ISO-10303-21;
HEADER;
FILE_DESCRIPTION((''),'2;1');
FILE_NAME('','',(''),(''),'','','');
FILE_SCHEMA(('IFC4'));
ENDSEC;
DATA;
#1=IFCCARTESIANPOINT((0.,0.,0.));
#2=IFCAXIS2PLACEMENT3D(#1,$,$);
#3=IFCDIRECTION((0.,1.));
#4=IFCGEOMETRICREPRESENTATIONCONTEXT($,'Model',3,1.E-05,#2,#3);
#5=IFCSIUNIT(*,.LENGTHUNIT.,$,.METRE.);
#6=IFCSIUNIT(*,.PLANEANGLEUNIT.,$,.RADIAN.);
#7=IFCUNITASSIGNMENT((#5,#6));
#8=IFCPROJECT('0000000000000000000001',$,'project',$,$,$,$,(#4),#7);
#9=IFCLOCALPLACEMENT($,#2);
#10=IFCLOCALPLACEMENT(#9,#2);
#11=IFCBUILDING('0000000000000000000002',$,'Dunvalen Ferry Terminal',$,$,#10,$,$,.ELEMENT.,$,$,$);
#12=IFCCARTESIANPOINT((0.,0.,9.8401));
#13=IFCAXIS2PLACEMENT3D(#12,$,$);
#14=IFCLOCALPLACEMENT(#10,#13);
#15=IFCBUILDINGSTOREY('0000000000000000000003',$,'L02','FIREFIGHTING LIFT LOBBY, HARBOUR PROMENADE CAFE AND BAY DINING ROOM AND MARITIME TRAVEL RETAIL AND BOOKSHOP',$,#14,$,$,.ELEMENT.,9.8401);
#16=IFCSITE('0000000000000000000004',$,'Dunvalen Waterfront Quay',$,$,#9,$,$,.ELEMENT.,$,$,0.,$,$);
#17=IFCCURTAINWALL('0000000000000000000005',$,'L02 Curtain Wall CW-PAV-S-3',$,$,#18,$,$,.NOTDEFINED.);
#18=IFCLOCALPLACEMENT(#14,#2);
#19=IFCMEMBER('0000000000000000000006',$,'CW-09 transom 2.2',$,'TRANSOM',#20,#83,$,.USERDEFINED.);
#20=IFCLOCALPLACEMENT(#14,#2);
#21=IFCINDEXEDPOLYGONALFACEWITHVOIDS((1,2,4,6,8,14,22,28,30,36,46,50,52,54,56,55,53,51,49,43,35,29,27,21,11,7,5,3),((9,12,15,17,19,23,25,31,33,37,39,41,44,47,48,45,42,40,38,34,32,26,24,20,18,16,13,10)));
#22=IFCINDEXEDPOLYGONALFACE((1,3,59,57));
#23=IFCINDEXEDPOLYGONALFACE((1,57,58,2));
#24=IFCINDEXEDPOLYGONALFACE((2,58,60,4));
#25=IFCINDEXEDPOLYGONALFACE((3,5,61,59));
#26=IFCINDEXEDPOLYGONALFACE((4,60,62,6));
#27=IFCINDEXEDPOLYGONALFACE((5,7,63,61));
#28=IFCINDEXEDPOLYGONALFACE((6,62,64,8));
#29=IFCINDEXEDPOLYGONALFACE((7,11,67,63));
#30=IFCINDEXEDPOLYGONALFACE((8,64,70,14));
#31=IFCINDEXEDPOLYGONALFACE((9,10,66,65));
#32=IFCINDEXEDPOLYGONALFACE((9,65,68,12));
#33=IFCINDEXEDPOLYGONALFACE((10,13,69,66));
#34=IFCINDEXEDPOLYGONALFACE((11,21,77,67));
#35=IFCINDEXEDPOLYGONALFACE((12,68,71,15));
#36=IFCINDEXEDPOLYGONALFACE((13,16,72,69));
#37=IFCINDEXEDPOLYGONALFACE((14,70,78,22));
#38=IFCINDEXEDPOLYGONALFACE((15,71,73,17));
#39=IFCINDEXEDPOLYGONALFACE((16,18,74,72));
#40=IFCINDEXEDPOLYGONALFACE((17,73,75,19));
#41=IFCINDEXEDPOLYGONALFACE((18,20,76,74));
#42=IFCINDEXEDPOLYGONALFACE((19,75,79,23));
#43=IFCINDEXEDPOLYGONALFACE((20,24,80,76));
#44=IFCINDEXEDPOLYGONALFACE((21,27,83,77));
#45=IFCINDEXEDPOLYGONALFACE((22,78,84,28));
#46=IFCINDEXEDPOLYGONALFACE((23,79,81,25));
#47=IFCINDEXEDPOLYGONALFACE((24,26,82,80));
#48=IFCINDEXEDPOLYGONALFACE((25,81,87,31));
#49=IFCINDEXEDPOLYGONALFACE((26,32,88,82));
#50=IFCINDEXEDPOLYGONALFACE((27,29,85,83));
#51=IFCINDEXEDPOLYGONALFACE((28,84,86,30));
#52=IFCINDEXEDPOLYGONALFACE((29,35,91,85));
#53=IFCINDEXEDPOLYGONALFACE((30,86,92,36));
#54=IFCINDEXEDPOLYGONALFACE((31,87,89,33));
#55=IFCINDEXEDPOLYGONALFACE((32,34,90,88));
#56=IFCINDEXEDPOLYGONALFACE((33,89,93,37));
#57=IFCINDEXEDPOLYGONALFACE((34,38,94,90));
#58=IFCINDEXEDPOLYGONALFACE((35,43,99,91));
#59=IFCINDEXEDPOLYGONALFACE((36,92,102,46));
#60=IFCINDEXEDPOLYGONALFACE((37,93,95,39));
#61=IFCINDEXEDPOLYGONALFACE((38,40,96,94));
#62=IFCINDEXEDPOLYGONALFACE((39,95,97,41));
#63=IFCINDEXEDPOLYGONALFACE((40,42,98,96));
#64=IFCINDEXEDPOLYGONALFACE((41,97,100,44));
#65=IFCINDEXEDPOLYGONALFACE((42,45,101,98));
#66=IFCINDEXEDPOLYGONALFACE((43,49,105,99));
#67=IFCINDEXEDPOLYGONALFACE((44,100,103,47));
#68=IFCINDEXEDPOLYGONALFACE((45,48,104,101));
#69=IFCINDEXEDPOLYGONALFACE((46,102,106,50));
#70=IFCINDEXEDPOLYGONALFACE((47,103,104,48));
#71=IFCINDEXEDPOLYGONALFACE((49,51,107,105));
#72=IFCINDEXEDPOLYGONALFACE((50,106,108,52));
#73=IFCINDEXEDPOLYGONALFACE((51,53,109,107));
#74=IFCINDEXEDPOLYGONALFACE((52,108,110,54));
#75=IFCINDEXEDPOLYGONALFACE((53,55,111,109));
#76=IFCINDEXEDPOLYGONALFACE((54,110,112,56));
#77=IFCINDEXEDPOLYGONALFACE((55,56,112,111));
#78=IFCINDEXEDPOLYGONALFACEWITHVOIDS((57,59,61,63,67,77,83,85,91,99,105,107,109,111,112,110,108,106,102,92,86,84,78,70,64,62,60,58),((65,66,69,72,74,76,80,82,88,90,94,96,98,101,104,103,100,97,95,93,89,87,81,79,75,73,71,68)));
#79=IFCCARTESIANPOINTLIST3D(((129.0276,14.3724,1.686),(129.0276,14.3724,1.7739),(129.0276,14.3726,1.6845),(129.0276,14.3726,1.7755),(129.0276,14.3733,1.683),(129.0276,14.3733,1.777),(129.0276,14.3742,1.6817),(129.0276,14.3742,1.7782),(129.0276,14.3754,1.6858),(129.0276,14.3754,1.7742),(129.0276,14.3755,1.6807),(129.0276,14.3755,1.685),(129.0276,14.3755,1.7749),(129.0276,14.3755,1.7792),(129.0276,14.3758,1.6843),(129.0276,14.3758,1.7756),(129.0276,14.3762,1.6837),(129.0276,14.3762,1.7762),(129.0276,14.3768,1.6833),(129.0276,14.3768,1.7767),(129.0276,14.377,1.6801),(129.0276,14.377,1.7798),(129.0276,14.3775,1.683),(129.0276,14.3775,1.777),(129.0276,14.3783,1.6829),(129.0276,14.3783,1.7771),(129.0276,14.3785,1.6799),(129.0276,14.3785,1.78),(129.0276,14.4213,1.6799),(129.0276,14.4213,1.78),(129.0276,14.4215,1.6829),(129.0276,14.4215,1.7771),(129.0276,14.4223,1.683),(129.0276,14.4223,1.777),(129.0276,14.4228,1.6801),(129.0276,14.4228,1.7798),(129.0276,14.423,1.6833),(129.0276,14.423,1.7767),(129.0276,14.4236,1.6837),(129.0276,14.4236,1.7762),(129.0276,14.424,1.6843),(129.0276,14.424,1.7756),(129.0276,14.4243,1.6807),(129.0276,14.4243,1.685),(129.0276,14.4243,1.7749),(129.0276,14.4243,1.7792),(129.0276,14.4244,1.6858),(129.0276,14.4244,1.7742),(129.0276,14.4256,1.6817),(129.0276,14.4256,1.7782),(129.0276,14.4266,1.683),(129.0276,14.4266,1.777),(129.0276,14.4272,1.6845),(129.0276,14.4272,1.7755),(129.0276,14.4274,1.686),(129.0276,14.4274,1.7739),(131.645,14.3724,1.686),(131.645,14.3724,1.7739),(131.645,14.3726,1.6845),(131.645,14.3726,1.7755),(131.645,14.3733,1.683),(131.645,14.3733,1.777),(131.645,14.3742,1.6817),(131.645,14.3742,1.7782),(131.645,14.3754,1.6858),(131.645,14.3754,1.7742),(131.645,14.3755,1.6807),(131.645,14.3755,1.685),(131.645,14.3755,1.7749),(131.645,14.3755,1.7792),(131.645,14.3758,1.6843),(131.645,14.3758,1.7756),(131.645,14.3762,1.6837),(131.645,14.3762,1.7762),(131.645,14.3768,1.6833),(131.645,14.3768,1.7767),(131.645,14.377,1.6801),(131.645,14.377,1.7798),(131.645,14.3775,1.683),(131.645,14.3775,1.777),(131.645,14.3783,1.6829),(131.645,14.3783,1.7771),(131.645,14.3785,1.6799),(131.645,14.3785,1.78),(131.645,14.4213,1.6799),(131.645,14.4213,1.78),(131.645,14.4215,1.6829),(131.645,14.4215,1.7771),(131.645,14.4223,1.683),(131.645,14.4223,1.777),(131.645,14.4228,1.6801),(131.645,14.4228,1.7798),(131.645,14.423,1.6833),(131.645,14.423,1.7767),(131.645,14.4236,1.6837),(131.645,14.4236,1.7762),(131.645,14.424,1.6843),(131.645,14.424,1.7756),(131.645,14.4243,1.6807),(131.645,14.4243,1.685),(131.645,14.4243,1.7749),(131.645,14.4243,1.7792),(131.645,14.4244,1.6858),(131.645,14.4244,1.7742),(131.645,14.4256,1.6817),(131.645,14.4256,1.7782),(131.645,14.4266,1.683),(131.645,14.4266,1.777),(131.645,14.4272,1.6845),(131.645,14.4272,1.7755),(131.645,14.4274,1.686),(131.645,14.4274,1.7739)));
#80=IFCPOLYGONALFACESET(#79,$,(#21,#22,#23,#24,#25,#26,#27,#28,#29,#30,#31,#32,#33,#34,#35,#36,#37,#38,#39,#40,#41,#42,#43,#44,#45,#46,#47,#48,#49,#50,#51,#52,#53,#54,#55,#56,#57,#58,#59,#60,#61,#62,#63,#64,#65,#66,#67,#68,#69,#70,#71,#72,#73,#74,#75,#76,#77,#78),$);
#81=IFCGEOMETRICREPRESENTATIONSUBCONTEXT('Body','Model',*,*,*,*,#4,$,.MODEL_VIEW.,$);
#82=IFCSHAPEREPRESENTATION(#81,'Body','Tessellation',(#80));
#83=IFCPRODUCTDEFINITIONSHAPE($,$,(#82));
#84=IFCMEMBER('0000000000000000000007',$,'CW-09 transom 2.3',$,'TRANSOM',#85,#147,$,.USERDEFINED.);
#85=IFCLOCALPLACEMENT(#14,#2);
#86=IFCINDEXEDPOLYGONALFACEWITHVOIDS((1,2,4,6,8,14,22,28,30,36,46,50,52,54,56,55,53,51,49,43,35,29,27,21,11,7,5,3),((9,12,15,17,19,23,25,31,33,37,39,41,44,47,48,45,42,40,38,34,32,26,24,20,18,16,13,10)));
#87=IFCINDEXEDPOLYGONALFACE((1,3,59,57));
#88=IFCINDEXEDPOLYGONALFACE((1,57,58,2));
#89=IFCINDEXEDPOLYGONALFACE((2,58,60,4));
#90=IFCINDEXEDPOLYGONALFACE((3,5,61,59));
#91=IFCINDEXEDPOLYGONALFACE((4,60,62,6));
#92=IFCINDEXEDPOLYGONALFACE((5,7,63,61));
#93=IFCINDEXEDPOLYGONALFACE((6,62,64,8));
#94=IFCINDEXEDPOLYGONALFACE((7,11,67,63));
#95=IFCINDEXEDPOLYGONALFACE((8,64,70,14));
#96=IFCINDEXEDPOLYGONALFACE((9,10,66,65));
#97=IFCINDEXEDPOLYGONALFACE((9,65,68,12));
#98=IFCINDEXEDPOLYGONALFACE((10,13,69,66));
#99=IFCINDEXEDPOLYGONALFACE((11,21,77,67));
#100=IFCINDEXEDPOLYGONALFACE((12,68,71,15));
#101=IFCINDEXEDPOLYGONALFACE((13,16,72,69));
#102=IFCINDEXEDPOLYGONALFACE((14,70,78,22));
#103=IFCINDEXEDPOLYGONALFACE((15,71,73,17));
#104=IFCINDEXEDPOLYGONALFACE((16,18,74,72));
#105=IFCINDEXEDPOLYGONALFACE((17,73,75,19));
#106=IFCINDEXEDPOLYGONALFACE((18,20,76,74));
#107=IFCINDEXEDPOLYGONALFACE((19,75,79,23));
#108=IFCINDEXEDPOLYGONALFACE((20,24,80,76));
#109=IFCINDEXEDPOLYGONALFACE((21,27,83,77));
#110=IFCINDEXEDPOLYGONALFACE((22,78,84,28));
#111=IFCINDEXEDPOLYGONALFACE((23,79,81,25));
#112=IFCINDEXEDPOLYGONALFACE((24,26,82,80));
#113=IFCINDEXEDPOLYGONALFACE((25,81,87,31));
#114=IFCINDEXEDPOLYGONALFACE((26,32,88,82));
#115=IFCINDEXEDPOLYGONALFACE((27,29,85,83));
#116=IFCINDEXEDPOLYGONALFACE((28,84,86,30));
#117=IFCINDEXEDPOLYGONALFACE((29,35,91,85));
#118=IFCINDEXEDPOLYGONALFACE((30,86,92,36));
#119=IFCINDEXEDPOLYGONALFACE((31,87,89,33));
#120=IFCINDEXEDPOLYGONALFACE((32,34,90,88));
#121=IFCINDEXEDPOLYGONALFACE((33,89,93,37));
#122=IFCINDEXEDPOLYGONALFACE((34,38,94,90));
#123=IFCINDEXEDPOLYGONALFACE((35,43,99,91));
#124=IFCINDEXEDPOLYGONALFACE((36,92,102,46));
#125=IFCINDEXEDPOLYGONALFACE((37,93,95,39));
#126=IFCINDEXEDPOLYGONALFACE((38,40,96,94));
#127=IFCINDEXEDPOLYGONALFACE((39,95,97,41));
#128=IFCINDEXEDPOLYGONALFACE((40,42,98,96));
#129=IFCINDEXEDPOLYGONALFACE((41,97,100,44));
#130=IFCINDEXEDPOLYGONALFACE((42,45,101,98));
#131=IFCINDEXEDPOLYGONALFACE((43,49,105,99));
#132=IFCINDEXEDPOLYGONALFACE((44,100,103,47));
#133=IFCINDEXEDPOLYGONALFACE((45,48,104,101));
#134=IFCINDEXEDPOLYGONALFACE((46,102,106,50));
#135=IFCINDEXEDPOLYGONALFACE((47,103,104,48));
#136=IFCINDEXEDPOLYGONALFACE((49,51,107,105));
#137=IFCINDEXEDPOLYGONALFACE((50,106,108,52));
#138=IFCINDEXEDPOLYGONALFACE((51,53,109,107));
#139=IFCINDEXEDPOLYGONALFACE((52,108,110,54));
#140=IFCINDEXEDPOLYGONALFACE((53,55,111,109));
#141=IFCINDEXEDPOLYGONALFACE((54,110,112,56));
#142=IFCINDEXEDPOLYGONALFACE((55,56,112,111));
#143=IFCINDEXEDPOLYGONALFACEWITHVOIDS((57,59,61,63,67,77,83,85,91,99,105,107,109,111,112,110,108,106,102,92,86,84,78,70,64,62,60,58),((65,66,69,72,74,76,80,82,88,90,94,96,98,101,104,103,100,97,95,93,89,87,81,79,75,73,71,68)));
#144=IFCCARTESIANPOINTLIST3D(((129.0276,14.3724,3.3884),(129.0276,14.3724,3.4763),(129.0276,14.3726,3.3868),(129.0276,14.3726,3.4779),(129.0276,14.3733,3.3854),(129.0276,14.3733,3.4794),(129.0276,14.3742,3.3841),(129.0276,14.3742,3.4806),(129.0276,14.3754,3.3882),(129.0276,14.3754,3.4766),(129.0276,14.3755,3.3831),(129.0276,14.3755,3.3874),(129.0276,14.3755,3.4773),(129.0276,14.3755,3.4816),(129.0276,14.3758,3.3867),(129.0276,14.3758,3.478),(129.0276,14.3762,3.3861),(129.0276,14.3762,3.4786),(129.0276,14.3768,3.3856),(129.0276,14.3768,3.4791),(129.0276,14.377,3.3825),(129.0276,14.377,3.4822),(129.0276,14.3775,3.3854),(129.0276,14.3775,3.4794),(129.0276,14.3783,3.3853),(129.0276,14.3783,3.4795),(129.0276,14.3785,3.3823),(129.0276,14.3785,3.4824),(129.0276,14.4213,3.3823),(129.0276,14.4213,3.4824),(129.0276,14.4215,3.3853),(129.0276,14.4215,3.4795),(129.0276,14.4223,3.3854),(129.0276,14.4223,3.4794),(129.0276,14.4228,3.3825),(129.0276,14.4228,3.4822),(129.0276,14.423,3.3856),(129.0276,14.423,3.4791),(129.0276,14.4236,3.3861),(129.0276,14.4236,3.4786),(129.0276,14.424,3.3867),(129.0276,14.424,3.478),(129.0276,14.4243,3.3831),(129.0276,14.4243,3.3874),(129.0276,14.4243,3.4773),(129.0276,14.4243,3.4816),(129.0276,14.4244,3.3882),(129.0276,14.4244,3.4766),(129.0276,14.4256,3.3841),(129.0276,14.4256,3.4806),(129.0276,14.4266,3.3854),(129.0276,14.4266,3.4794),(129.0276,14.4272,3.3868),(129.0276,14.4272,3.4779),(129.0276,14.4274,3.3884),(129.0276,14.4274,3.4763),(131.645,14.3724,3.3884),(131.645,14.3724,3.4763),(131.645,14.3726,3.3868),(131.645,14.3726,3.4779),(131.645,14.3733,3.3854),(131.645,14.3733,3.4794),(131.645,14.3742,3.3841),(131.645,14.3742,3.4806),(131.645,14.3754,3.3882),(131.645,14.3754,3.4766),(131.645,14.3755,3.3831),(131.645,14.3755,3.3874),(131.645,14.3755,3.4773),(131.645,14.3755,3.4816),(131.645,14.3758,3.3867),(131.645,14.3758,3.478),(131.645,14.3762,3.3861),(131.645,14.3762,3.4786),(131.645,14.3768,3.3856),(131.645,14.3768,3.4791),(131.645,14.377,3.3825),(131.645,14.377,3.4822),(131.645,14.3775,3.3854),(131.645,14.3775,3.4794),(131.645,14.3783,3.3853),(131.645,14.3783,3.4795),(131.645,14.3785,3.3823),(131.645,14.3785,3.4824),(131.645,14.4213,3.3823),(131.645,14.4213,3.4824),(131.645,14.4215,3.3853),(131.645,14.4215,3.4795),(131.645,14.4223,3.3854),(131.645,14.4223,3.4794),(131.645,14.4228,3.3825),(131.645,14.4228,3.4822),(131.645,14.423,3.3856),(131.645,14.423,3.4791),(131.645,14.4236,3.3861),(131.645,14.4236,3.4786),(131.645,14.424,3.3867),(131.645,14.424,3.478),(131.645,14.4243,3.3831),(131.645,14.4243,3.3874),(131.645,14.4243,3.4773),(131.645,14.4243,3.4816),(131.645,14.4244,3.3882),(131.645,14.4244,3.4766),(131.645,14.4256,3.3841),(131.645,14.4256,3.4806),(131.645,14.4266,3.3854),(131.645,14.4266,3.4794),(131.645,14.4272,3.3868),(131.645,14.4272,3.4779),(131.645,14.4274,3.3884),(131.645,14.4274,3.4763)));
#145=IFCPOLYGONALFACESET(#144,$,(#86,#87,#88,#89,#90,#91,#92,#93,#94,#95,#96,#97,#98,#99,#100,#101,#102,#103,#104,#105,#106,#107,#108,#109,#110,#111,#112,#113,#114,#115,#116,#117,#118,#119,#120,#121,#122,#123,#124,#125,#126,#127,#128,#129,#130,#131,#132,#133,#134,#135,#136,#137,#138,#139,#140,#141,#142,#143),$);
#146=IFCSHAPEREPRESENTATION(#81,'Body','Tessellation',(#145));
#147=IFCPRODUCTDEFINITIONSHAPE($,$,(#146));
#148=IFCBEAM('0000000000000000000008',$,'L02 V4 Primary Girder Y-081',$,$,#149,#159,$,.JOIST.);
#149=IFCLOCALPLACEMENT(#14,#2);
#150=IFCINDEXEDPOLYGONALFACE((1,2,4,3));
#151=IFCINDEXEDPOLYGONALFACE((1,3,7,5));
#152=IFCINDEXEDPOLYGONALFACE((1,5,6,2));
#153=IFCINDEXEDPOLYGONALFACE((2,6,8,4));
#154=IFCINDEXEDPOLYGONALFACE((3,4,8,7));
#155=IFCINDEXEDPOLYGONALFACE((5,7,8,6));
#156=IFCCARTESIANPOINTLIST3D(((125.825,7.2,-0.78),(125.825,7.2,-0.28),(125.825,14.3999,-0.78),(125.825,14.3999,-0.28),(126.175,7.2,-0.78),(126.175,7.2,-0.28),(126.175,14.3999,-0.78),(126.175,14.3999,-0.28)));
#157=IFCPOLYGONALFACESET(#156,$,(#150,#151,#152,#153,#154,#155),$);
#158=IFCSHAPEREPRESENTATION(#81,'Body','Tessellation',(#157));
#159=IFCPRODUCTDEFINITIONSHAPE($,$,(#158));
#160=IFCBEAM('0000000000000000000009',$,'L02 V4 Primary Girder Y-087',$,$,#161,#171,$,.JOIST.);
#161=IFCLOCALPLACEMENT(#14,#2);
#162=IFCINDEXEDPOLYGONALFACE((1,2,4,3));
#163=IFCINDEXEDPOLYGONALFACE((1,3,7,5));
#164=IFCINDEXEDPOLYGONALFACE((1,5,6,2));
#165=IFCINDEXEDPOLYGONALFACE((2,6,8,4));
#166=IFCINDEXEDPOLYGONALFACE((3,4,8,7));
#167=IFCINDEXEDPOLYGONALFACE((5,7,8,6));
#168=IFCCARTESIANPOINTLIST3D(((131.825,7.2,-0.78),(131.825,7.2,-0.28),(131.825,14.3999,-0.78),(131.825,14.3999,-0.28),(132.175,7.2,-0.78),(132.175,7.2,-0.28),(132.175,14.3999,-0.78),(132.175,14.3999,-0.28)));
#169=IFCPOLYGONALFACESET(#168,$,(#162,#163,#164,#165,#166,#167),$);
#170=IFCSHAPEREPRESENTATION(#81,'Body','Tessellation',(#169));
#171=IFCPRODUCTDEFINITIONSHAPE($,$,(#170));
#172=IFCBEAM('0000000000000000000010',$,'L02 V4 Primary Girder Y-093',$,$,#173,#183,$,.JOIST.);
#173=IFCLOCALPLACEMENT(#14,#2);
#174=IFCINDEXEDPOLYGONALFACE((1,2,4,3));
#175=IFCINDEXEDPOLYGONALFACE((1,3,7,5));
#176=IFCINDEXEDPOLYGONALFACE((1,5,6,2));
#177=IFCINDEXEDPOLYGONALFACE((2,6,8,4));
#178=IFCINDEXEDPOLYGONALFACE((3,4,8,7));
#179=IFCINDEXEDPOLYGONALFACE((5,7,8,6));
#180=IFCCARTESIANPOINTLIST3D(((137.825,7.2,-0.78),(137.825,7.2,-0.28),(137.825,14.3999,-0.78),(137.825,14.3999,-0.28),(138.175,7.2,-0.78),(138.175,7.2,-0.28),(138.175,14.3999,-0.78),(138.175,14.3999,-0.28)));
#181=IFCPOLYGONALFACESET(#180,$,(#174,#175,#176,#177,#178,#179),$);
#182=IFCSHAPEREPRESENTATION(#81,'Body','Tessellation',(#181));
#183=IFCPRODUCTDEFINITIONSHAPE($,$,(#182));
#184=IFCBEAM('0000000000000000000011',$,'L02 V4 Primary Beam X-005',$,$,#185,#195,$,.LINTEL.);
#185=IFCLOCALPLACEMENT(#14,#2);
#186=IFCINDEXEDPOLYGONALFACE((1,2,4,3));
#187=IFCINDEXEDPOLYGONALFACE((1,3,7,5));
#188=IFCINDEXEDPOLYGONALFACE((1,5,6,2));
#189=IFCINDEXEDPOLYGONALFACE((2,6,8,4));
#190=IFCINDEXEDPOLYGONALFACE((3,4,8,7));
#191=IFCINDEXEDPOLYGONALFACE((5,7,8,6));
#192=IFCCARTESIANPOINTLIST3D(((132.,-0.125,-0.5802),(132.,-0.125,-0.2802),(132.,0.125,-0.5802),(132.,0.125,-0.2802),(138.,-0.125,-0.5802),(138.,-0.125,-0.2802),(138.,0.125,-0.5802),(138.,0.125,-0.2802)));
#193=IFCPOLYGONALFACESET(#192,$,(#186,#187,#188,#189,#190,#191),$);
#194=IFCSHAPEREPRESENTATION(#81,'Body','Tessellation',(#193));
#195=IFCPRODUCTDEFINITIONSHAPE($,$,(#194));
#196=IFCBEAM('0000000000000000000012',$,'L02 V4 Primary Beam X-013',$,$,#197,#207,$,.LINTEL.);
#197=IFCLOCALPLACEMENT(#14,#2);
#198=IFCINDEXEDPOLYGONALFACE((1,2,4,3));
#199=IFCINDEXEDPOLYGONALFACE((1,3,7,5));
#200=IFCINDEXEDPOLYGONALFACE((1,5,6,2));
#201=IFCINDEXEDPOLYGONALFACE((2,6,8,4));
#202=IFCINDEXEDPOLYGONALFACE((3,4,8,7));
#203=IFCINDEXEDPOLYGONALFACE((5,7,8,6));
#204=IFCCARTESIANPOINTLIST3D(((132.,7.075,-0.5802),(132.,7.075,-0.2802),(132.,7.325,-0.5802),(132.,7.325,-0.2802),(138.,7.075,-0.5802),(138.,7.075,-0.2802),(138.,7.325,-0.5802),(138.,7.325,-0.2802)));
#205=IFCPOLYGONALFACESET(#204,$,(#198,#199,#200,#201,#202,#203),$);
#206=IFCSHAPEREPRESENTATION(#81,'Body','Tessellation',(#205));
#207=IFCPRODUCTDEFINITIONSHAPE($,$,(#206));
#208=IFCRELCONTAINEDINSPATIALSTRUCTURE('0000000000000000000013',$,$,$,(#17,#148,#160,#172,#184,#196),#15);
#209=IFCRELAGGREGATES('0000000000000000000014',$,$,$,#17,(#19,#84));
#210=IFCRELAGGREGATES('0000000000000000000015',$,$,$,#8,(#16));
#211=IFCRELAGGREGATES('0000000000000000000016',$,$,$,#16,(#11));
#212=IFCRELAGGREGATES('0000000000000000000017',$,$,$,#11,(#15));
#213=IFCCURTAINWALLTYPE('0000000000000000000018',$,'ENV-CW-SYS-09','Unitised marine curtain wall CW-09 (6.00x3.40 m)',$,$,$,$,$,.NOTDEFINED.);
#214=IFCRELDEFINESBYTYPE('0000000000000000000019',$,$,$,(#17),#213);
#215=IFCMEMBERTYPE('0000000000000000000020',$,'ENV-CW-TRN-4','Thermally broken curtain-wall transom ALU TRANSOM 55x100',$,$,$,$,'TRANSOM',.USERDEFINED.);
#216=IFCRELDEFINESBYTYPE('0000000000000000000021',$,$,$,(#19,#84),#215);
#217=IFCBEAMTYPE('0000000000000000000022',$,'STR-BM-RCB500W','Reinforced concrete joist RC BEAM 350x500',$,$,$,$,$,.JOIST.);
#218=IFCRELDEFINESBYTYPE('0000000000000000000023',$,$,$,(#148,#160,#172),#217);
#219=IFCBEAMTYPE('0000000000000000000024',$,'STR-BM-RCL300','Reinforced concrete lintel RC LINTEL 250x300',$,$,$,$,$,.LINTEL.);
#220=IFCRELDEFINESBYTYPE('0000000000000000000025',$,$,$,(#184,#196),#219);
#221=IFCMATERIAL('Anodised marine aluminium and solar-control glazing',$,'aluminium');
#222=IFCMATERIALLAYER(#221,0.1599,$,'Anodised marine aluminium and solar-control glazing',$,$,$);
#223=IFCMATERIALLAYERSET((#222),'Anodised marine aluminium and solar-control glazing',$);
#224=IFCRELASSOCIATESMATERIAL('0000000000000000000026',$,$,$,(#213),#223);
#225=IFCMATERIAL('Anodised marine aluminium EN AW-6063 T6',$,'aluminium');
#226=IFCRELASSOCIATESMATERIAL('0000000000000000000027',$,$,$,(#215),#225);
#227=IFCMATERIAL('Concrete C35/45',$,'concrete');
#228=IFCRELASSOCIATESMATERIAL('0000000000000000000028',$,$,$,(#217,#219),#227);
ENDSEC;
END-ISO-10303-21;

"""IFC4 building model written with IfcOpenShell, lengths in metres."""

from ifc_helpers import new_model, si_unit, direction, frame, origin, origin_2d, place, context, subcontext, project, spatial, rectangle, hollow_rectangle, extrude, material, layer, layer_set, material_profile, profile_set, type_object, element, aggregate, save


model = new_model("IFC4")

# Units and contexts
model_context = context("Model", 3, precision=1e-05, world=origin(), true_north=direction((0.0, 1.0)))
body_context = subcontext(model_context, "Body", "Model", "MODEL_VIEW")
ifc_project = project(units=[si_unit("LENGTHUNIT", "METRE"), si_unit("PLANEANGLEUNIT", "RADIAN")], contexts=[model_context])

# Site, building, storey
site_placement = place(None, origin())
site = spatial("IfcSite", under=ifc_project, at=site_placement, Name="Dunvalen Waterfront Quay", CompositionType="ELEMENT", RefElevation=0.0)
building_placement = place(site_placement, origin())
building = spatial("IfcBuilding", under=site, at=building_placement, Name="Dunvalen Ferry Terminal", CompositionType="ELEMENT")
storey_placement = place(building_placement, frame((0.0, 0.0, 9.8401)))
storey = spatial("IfcBuildingStorey", under=building, at=storey_placement, Name="L02", Description="FIREFIGHTING LIFT LOBBY, HARBOUR PROMENADE CAFE AND BAY DINING ROOM AND MARITIME TRAVEL RETAIL AND BOOKSHOP", CompositionType="ELEMENT", Elevation=9.8401)

# Curtain wall, members
ifc_material_1 = material(Name="Anodised marine aluminium and solar-control glazing", Category="aluminium")
ifc_layer_1 = layer(ifc_material_1, 0.1599, Name="Anodised marine aluminium and solar-control glazing")
ifc_layer_set_1 = layer_set([ifc_layer_1], Name="Anodised marine aluminium and solar-control glazing")
curtain_wall_type = type_object("IfcCurtainWallType", Name="ENV-CW-SYS-09", Description="Unitised marine curtain wall CW-09 (6.00x3.40 m)", PredefinedType="NOTDEFINED", material=ifc_layer_set_1)
curtain_wall_placement = place(storey_placement, origin())
curtain_wall = element("IfcCurtainWall", 1, at=curtain_wall_placement, inside=storey, type_object=curtain_wall_type, Name="L02 Curtain Wall CW-PAV-S-3", PredefinedType="NOTDEFINED")
ifc_material_2 = material(Name="Anodised marine aluminium EN AW-6063 T6", Category="aluminium")
ifc_material_profile_1 = material_profile(ifc_material_2, hollow_rectangle(XDim=0.0549, YDim=0.1001, WallThickness=0.0029, InnerFilletRadius=0.0029, OuterFilletRadius=0.0061, at=origin_2d()), Name="Anodised marine aluminium EN AW-6063 T6")
ifc_profile_set_1 = profile_set([ifc_material_profile_1], Name="Anodised marine aluminium EN AW-6063 T6")
member_type_1 = type_object("IfcMemberType", Name="ENV-CW-TRN-4", Description="Thermally broken curtain-wall transom ALU TRANSOM 55x100", ElementType="TRANSOM", PredefinedType="USERDEFINED", material=ifc_profile_set_1)
member_1_placement = place(storey_placement, frame((129.0276, 14.3999, 1.73), z_axis=(1.0, 0.0, 0.0), x_axis=(0.0, 1.0, 0.0)))
member_1 = element("IfcMember", 2, at=member_1_placement, type_object=member_type_1, Name="CW-09 transom 2.2", ObjectType="TRANSOM", PredefinedType="USERDEFINED", context=body_context, shape_type="SweptSolid", body=[
    extrude(hollow_rectangle(XDim=0.0549, YDim=0.1001, WallThickness=0.0029, InnerFilletRadius=0.0029, OuterFilletRadius=0.0061, at=origin_2d()), origin(), (0.0, 0.0, 1.0), 2.6174),
])
member_2_placement = place(storey_placement, frame((129.0276, 14.3999, 3.4324), z_axis=(1.0, 0.0, 0.0), x_axis=(0.0, 1.0, 0.0)))
member_2 = element("IfcMember", 3, at=member_2_placement, type_object=member_type_1, Name="CW-09 transom 2.3", ObjectType="TRANSOM", PredefinedType="USERDEFINED", context=body_context, shape_type="SweptSolid", body=[
    extrude(hollow_rectangle(XDim=0.0549, YDim=0.1001, WallThickness=0.0029, InnerFilletRadius=0.0029, OuterFilletRadius=0.0061, at=origin_2d()), origin(), (0.0, 0.0, 1.0), 2.6174),
])

# Beams
ifc_material_3 = material(Name="Concrete C35/45", Category="concrete")
ifc_material_profile_2 = material_profile(ifc_material_3, rectangle(XDim=0.3501, YDim=0.5, at=origin_2d()), Name="Concrete C35/45")
ifc_profile_set_2 = profile_set([ifc_material_profile_2], Name="Concrete C35/45")
beam_type_1 = type_object("IfcBeamType", Name="STR-BM-RCB500W", Description="Reinforced concrete joist RC BEAM 350x500", PredefinedType="JOIST", material=ifc_profile_set_2)
for number, where, z_axis, x_axis, name in (
    (4, (126.0, 7.2, -0.53), (0.0, 1.0, 0.0), (-1.0, 0.0, 0.0), "L02 V4 Primary Girder Y-081"),
    (5, (132.0, 7.2, -0.53), (0.0, 1.0, 0.0), (-1.0, 0.0, 0.0), "L02 V4 Primary Girder Y-087"),
    (6, (138.0, 7.2, -0.53), (0.0, 1.0, 0.0), (-1.0, 0.0, 0.0), "L02 V4 Primary Girder Y-093"),
):
    element("IfcBeam", number, at=place(storey_placement, frame(where, z_axis=z_axis, x_axis=x_axis)), inside=storey, type_object=beam_type_1, Name=name, PredefinedType="JOIST", context=body_context, shape_type="SweptSolid", body=[
        extrude(rectangle(XDim=0.3501, YDim=0.5, at=origin_2d()), origin(), (0.0, 0.0, 1.0), 7.2),
    ])
ifc_material_profile_3 = material_profile(ifc_material_3, rectangle(XDim=0.25, YDim=0.3, at=origin_2d()), Name="Concrete C35/45")
ifc_profile_set_3 = profile_set([ifc_material_profile_3], Name="Concrete C35/45")
beam_type_2 = type_object("IfcBeamType", Name="STR-BM-RCL300", Description="Reinforced concrete lintel RC LINTEL 250x300", PredefinedType="LINTEL", material=ifc_profile_set_3)
for number, where, z_axis, x_axis, name in (
    (7, (132.0, 0.0, -0.4302), (1.0, 0.0, 0.0), (0.0, 1.0, 0.0), "L02 V4 Primary Beam X-005"),
    (8, (132.0, 7.2, -0.4302), (1.0, 0.0, 0.0), (0.0, 1.0, 0.0), "L02 V4 Primary Beam X-013"),
):
    element("IfcBeam", number, at=place(storey_placement, frame(where, z_axis=z_axis, x_axis=x_axis)), inside=storey, type_object=beam_type_2, Name=name, PredefinedType="LINTEL", context=body_context, shape_type="SweptSolid", body=[
        extrude(rectangle(XDim=0.25, YDim=0.3, at=origin_2d()), origin(), (0.0, 0.0, 1.0), 6.0),
    ])

aggregate(curtain_wall, [member_1, member_2])

save(model, "model.ifc")
